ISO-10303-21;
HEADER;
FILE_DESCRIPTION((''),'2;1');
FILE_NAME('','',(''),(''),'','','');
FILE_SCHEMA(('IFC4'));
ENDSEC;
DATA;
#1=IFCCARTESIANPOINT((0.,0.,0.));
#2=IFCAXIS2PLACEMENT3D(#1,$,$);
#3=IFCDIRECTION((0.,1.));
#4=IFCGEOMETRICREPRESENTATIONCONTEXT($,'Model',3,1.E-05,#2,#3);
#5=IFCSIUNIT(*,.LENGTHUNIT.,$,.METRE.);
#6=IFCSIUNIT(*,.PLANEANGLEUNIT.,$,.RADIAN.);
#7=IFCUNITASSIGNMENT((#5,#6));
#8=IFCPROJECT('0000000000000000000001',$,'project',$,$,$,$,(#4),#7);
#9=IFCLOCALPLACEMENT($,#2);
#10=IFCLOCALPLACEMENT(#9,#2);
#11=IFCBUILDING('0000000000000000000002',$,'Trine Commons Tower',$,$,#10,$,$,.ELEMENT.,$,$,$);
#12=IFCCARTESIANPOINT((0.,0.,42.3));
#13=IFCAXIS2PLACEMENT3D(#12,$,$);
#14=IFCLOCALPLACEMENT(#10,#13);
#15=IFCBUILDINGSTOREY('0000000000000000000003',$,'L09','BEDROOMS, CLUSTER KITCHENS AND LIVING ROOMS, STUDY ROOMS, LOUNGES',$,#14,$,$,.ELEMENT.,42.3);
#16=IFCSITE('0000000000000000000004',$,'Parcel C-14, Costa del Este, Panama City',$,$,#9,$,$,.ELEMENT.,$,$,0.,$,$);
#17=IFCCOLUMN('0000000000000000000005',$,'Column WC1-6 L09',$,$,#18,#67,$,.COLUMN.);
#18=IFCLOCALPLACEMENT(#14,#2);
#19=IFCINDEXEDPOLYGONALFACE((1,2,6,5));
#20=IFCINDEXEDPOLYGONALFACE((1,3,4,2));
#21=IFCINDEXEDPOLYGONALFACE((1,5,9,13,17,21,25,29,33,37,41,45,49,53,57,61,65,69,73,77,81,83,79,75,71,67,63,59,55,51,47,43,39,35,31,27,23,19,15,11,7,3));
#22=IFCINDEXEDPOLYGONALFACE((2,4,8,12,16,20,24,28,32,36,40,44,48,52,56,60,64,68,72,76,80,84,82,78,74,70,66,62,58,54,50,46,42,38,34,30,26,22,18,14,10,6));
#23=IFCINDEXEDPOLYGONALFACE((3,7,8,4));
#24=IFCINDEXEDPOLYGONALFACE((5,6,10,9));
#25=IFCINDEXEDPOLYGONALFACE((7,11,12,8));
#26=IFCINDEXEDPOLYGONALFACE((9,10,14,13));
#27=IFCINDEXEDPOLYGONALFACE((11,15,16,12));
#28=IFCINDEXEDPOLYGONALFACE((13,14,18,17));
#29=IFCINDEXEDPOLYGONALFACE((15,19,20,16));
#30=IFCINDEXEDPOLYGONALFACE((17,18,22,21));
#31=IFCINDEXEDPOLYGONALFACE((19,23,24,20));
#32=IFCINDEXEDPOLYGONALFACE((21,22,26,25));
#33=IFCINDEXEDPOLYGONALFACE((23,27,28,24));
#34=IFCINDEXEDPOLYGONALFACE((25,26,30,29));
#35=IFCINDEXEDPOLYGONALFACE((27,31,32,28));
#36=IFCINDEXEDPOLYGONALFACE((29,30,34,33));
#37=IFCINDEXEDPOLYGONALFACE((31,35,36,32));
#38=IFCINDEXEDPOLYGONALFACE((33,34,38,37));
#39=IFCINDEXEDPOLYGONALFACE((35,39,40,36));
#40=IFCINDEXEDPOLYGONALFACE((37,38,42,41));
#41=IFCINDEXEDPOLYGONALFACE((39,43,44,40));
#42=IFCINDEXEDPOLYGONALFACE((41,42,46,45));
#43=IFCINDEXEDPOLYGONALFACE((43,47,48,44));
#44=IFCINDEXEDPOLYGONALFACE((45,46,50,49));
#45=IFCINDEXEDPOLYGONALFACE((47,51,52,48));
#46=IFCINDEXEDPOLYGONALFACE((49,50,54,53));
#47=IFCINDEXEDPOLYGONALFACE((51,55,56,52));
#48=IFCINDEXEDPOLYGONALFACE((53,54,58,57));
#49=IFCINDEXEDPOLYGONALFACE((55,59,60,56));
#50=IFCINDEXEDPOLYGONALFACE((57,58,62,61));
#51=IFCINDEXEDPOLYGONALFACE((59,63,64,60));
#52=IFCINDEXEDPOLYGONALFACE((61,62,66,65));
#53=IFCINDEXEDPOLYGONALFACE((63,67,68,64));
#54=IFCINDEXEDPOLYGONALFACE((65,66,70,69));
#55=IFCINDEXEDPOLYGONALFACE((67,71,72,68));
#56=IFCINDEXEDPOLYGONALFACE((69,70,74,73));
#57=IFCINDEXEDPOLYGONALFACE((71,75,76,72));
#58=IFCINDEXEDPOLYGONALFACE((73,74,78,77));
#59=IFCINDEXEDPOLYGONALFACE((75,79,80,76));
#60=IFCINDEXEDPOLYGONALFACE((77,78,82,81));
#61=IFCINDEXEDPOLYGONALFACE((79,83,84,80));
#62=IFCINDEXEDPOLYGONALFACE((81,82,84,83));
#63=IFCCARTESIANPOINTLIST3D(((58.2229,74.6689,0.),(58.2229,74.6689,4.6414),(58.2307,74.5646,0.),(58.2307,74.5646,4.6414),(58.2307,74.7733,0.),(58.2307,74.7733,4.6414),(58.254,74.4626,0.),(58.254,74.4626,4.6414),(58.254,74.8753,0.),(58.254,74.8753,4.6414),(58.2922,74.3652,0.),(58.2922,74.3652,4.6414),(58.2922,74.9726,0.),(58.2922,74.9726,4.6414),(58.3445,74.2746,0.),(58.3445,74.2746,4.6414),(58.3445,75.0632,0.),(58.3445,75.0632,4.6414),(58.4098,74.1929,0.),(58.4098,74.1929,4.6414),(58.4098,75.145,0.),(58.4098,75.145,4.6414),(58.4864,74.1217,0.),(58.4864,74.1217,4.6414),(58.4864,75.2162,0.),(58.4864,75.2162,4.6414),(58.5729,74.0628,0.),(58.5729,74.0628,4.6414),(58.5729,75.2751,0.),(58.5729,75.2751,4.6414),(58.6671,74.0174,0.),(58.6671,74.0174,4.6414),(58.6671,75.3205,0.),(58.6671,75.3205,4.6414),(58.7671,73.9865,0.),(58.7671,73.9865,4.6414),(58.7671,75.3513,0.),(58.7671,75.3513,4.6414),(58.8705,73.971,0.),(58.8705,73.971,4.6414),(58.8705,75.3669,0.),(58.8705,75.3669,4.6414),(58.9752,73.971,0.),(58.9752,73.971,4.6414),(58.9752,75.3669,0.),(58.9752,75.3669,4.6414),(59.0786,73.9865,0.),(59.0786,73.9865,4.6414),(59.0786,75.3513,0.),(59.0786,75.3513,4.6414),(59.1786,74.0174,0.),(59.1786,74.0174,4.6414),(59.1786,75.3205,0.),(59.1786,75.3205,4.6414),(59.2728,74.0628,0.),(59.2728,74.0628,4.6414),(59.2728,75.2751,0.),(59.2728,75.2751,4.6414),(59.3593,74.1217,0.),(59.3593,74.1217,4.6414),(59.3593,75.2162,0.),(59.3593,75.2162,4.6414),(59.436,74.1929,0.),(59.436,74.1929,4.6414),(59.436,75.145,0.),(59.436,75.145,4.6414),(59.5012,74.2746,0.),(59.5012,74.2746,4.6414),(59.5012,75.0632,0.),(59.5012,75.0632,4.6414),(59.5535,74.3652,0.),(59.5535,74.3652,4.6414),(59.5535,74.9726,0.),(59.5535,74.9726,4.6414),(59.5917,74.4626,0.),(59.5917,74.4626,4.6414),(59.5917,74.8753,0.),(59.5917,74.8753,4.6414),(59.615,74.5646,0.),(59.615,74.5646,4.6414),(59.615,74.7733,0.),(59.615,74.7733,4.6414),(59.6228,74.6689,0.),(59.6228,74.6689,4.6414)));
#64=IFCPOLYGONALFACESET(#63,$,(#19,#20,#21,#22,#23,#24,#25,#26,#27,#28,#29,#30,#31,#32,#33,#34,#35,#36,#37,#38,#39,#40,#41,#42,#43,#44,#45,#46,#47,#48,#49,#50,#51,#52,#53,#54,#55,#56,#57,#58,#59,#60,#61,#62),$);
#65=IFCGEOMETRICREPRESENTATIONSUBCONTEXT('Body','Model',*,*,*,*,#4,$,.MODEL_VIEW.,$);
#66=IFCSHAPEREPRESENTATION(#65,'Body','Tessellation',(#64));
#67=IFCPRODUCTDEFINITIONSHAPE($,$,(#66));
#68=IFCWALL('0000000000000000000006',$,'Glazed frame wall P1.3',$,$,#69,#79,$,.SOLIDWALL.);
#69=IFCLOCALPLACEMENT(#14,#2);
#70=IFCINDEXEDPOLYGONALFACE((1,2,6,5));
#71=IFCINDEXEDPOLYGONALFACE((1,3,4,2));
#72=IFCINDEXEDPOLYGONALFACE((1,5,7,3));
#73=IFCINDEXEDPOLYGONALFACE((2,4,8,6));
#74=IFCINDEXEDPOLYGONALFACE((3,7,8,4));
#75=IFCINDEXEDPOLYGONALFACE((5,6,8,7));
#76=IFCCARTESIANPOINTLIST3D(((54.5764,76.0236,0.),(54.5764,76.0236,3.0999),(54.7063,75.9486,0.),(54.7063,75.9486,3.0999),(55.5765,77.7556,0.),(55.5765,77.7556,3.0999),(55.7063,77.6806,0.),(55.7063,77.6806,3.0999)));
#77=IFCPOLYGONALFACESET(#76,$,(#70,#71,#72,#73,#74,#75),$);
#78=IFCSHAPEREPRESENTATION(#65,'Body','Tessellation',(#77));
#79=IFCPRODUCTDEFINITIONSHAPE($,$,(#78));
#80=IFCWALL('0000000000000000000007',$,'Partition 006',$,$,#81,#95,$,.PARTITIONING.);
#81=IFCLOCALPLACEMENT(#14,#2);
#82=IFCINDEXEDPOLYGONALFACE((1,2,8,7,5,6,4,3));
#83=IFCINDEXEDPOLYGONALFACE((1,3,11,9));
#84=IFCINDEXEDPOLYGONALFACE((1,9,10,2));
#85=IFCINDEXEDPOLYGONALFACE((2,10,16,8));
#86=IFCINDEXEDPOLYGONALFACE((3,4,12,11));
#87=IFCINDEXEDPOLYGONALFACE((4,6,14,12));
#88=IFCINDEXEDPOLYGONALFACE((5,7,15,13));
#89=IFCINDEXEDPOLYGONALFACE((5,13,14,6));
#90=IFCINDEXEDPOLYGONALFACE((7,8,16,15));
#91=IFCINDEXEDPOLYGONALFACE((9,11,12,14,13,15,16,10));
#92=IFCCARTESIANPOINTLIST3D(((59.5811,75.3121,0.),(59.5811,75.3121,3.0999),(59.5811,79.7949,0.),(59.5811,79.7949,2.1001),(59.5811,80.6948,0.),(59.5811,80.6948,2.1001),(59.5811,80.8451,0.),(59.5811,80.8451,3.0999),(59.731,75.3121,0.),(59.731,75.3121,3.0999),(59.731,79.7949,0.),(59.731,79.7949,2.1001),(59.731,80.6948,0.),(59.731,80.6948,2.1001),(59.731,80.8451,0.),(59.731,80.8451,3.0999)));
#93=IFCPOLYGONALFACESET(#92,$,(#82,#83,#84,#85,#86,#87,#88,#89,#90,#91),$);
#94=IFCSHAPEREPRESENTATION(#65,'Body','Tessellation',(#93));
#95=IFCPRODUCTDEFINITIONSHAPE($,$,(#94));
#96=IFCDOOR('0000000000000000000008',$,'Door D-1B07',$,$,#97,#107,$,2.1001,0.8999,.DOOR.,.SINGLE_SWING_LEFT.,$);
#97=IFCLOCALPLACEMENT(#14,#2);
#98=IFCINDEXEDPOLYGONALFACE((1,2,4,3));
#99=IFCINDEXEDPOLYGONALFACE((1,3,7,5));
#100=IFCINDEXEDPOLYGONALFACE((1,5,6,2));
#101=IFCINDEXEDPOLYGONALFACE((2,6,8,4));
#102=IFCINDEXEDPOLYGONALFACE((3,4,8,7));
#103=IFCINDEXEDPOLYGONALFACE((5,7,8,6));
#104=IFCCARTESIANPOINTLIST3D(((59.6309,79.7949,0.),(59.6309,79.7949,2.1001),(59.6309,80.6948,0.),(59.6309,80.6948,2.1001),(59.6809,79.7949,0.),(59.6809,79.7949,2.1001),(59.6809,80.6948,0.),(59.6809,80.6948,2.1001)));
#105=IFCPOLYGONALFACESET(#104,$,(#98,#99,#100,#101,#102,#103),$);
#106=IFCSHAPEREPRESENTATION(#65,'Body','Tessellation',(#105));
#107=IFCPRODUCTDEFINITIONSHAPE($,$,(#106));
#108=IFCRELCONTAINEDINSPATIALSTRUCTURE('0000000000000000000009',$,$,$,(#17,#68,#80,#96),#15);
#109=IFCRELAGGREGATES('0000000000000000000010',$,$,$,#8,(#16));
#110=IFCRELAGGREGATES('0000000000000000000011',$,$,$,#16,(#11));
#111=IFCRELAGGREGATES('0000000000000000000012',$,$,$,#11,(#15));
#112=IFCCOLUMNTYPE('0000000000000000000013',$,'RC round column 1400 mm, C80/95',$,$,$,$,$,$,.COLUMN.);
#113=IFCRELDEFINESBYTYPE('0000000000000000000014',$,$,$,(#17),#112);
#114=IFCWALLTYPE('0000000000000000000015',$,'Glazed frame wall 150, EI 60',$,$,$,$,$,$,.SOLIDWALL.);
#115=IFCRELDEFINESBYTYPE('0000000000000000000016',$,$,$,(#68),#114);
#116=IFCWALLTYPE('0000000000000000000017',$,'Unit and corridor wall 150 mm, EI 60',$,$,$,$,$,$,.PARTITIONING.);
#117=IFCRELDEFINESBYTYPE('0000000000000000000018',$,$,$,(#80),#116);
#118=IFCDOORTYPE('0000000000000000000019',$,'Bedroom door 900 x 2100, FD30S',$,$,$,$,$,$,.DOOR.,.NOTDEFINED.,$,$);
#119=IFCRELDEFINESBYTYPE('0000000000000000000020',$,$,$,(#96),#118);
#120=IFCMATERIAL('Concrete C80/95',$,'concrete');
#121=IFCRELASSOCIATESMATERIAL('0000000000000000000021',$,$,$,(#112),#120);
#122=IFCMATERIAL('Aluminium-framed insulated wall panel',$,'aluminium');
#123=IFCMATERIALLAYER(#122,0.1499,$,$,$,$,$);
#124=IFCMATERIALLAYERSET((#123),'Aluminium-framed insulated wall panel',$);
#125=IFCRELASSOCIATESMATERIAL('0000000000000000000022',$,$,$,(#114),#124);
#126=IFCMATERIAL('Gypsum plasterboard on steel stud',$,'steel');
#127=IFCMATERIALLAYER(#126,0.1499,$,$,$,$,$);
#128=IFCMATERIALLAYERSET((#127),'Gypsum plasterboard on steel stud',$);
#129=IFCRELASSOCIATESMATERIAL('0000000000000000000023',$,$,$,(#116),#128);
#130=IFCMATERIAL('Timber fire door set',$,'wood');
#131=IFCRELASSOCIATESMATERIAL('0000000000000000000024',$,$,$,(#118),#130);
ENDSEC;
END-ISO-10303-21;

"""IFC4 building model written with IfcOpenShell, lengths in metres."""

from ifc_helpers import new_model, si_unit, direction, frame, frame_2d, origin, origin_2d, place, context, subcontext, project, spatial, polyline, rectangle, circle, outline, extrude, material, layer, layer_set, material_profile, profile_set, type_object, element, fill, save


model = new_model("IFC4")

# Units and contexts
model_context = context("Model", 3, precision=1e-05, world=origin(), true_north=direction((0.0, 1.0)))
body_context = subcontext(model_context, "Body", "Model", "MODEL_VIEW")
ifc_project = project(units=[si_unit("LENGTHUNIT", "METRE"), si_unit("PLANEANGLEUNIT", "RADIAN")], contexts=[model_context])

# Site, building, storey
site_placement = place(None, origin())
site = spatial("IfcSite", under=ifc_project, at=site_placement, Name="Parcel C-14, Costa del Este, Panama City", CompositionType="ELEMENT", RefElevation=0.0)
building_placement = place(site_placement, origin())
building = spatial("IfcBuilding", under=site, at=building_placement, Name="Trine Commons Tower", CompositionType="ELEMENT")
storey_placement = place(building_placement, frame((0.0, 0.0, 42.3)))
storey = spatial("IfcBuildingStorey", under=building, at=storey_placement, Name="L09", Description="BEDROOMS, CLUSTER KITCHENS AND LIVING ROOMS, STUDY ROOMS, LOUNGES", CompositionType="ELEMENT", Elevation=42.3)

# Column
ifc_material_1 = material(Name="Concrete C80/95", Category="concrete")
ifc_material_profile = material_profile(ifc_material_1, circle(Radius=0.7, at=origin_2d()), Name="RC round 1400")
ifc_profile_set = profile_set([ifc_material_profile], Name="Concrete C80/95")
column_type = type_object("IfcColumnType", Name="RC round column 1400 mm, C80/95", PredefinedType="COLUMN", material=ifc_profile_set)
column_placement = place(storey_placement, frame((58.9229, 74.6689, 0.0), z_axis=(0.0, 0.0, 1.0), x_axis=(1.0, 0.0, 0.0)))
element("IfcColumn", 1, at=column_placement, inside=storey, type_object=column_type, Name="Column WC1-6 L09", PredefinedType="COLUMN", context=body_context, shape_type="SweptSolid", body=[
    extrude(circle(Radius=0.7, at=origin_2d()), origin(), (0.0, 0.0, 1.0), 4.6414),
])

# Wall
ifc_material_2 = material(Name="Aluminium-framed insulated wall panel", Category="aluminium")
ifc_layer_1 = layer(ifc_material_2, 0.1499)
ifc_layer_set_1 = layer_set([ifc_layer_1], Name="Aluminium-framed insulated wall panel")
wall_type_1 = type_object("IfcWallType", Name="Glazed frame wall 150, EI 60", PredefinedType="SOLIDWALL", material=ifc_layer_set_1)
wall_1_placement = place(storey_placement, frame((54.6414, 75.9861, 0.0), z_axis=(0.0, 0.0, 1.0), x_axis=(0.500025, 0.866011, 0.0)))
element("IfcWall", 2, at=wall_1_placement, inside=storey, type_object=wall_type_1, Name="Glazed frame wall P1.3", PredefinedType="SOLIDWALL", context=body_context, shape_type="SweptSolid", body=[
    extrude(outline(polyline([(0.0, -0.075), (2.0, -0.075), (2.0, 0.075), (0.0, 0.075), (0.0, -0.075)])), origin(), (0.0, 0.0, 1.0), 3.0999),
])

# Wall, opening, door
ifc_material_3 = material(Name="Gypsum plasterboard on steel stud", Category="steel")
ifc_layer_2 = layer(ifc_material_3, 0.1499)
ifc_layer_set_2 = layer_set([ifc_layer_2], Name="Gypsum plasterboard on steel stud")
wall_type_2 = type_object("IfcWallType", Name="Unit and corridor wall 150 mm, EI 60", PredefinedType="PARTITIONING", material=ifc_layer_set_2)
wall_2_placement = place(storey_placement, frame((59.656, 75.312, 0.0), z_axis=(0.0, 0.0, 1.0), x_axis=(0.0, 1.0, 0.0)))
wall_2 = element("IfcWall", 3, at=wall_2_placement, inside=storey, type_object=wall_type_2, Name="Partition 006", PredefinedType="PARTITIONING", context=body_context, shape_type="SweptSolid", body=[
    extrude(rectangle(XDim=5.533, YDim=0.1499, at=frame_2d((2.7666, 0.0))), origin(), (0.0, 0.0, 1.0), 3.0999),
])
opening_1_placement = place(wall_2_placement, frame((4.4829, 0.0, 0.0)))
opening_1 = element("IfcOpeningElement", 4, at=opening_1_placement, cuts=wall_2, PredefinedType="OPENING", context=body_context, shape_type="SweptSolid", body=[
    extrude(rectangle(XDim=0.8999, YDim=2.1001, at=frame_2d((0.45, 1.05))), frame((0.0, 0.085, 0.0), z_axis=(0.0, -1.0, 0.0), x_axis=(1.0, 0.0, 0.0)), (0.0, 0.0, 1.0), 0.1699),
])
ifc_material_4 = material(Name="Timber fire door set", Category="wood")
door_type_1 = type_object("IfcDoorType", Name="Bedroom door 900 x 2100, FD30S", OperationType="NOTDEFINED", PredefinedType="DOOR", material=ifc_material_4)
door_1_placement = place(opening_1_placement, frame((0.8999, 0.0, 0.0), z_axis=(0.0, 0.0, 1.0), x_axis=(-1.0, 0.0, 0.0)))
door_1 = element("IfcDoor", 5, at=door_1_placement, inside=storey, type_object=door_type_1, Name="Door D-1B07", OperationType="SINGLE_SWING_LEFT", OverallHeight=2.1001, OverallWidth=0.8999, PredefinedType="DOOR", context=body_context, shape_type="SweptSolid", body=[
    extrude(rectangle(XDim=0.8999, YDim=2.1001, at=frame_2d((0.45, 1.05))), frame((0.0, 0.0249, 0.0), z_axis=(0.0, -1.0, 0.0), x_axis=(1.0, 0.0, 0.0)), (0.0, 0.0, 1.0), 0.05),
])
fill(opening_1, door_1)

save(model, "model.ifc")
